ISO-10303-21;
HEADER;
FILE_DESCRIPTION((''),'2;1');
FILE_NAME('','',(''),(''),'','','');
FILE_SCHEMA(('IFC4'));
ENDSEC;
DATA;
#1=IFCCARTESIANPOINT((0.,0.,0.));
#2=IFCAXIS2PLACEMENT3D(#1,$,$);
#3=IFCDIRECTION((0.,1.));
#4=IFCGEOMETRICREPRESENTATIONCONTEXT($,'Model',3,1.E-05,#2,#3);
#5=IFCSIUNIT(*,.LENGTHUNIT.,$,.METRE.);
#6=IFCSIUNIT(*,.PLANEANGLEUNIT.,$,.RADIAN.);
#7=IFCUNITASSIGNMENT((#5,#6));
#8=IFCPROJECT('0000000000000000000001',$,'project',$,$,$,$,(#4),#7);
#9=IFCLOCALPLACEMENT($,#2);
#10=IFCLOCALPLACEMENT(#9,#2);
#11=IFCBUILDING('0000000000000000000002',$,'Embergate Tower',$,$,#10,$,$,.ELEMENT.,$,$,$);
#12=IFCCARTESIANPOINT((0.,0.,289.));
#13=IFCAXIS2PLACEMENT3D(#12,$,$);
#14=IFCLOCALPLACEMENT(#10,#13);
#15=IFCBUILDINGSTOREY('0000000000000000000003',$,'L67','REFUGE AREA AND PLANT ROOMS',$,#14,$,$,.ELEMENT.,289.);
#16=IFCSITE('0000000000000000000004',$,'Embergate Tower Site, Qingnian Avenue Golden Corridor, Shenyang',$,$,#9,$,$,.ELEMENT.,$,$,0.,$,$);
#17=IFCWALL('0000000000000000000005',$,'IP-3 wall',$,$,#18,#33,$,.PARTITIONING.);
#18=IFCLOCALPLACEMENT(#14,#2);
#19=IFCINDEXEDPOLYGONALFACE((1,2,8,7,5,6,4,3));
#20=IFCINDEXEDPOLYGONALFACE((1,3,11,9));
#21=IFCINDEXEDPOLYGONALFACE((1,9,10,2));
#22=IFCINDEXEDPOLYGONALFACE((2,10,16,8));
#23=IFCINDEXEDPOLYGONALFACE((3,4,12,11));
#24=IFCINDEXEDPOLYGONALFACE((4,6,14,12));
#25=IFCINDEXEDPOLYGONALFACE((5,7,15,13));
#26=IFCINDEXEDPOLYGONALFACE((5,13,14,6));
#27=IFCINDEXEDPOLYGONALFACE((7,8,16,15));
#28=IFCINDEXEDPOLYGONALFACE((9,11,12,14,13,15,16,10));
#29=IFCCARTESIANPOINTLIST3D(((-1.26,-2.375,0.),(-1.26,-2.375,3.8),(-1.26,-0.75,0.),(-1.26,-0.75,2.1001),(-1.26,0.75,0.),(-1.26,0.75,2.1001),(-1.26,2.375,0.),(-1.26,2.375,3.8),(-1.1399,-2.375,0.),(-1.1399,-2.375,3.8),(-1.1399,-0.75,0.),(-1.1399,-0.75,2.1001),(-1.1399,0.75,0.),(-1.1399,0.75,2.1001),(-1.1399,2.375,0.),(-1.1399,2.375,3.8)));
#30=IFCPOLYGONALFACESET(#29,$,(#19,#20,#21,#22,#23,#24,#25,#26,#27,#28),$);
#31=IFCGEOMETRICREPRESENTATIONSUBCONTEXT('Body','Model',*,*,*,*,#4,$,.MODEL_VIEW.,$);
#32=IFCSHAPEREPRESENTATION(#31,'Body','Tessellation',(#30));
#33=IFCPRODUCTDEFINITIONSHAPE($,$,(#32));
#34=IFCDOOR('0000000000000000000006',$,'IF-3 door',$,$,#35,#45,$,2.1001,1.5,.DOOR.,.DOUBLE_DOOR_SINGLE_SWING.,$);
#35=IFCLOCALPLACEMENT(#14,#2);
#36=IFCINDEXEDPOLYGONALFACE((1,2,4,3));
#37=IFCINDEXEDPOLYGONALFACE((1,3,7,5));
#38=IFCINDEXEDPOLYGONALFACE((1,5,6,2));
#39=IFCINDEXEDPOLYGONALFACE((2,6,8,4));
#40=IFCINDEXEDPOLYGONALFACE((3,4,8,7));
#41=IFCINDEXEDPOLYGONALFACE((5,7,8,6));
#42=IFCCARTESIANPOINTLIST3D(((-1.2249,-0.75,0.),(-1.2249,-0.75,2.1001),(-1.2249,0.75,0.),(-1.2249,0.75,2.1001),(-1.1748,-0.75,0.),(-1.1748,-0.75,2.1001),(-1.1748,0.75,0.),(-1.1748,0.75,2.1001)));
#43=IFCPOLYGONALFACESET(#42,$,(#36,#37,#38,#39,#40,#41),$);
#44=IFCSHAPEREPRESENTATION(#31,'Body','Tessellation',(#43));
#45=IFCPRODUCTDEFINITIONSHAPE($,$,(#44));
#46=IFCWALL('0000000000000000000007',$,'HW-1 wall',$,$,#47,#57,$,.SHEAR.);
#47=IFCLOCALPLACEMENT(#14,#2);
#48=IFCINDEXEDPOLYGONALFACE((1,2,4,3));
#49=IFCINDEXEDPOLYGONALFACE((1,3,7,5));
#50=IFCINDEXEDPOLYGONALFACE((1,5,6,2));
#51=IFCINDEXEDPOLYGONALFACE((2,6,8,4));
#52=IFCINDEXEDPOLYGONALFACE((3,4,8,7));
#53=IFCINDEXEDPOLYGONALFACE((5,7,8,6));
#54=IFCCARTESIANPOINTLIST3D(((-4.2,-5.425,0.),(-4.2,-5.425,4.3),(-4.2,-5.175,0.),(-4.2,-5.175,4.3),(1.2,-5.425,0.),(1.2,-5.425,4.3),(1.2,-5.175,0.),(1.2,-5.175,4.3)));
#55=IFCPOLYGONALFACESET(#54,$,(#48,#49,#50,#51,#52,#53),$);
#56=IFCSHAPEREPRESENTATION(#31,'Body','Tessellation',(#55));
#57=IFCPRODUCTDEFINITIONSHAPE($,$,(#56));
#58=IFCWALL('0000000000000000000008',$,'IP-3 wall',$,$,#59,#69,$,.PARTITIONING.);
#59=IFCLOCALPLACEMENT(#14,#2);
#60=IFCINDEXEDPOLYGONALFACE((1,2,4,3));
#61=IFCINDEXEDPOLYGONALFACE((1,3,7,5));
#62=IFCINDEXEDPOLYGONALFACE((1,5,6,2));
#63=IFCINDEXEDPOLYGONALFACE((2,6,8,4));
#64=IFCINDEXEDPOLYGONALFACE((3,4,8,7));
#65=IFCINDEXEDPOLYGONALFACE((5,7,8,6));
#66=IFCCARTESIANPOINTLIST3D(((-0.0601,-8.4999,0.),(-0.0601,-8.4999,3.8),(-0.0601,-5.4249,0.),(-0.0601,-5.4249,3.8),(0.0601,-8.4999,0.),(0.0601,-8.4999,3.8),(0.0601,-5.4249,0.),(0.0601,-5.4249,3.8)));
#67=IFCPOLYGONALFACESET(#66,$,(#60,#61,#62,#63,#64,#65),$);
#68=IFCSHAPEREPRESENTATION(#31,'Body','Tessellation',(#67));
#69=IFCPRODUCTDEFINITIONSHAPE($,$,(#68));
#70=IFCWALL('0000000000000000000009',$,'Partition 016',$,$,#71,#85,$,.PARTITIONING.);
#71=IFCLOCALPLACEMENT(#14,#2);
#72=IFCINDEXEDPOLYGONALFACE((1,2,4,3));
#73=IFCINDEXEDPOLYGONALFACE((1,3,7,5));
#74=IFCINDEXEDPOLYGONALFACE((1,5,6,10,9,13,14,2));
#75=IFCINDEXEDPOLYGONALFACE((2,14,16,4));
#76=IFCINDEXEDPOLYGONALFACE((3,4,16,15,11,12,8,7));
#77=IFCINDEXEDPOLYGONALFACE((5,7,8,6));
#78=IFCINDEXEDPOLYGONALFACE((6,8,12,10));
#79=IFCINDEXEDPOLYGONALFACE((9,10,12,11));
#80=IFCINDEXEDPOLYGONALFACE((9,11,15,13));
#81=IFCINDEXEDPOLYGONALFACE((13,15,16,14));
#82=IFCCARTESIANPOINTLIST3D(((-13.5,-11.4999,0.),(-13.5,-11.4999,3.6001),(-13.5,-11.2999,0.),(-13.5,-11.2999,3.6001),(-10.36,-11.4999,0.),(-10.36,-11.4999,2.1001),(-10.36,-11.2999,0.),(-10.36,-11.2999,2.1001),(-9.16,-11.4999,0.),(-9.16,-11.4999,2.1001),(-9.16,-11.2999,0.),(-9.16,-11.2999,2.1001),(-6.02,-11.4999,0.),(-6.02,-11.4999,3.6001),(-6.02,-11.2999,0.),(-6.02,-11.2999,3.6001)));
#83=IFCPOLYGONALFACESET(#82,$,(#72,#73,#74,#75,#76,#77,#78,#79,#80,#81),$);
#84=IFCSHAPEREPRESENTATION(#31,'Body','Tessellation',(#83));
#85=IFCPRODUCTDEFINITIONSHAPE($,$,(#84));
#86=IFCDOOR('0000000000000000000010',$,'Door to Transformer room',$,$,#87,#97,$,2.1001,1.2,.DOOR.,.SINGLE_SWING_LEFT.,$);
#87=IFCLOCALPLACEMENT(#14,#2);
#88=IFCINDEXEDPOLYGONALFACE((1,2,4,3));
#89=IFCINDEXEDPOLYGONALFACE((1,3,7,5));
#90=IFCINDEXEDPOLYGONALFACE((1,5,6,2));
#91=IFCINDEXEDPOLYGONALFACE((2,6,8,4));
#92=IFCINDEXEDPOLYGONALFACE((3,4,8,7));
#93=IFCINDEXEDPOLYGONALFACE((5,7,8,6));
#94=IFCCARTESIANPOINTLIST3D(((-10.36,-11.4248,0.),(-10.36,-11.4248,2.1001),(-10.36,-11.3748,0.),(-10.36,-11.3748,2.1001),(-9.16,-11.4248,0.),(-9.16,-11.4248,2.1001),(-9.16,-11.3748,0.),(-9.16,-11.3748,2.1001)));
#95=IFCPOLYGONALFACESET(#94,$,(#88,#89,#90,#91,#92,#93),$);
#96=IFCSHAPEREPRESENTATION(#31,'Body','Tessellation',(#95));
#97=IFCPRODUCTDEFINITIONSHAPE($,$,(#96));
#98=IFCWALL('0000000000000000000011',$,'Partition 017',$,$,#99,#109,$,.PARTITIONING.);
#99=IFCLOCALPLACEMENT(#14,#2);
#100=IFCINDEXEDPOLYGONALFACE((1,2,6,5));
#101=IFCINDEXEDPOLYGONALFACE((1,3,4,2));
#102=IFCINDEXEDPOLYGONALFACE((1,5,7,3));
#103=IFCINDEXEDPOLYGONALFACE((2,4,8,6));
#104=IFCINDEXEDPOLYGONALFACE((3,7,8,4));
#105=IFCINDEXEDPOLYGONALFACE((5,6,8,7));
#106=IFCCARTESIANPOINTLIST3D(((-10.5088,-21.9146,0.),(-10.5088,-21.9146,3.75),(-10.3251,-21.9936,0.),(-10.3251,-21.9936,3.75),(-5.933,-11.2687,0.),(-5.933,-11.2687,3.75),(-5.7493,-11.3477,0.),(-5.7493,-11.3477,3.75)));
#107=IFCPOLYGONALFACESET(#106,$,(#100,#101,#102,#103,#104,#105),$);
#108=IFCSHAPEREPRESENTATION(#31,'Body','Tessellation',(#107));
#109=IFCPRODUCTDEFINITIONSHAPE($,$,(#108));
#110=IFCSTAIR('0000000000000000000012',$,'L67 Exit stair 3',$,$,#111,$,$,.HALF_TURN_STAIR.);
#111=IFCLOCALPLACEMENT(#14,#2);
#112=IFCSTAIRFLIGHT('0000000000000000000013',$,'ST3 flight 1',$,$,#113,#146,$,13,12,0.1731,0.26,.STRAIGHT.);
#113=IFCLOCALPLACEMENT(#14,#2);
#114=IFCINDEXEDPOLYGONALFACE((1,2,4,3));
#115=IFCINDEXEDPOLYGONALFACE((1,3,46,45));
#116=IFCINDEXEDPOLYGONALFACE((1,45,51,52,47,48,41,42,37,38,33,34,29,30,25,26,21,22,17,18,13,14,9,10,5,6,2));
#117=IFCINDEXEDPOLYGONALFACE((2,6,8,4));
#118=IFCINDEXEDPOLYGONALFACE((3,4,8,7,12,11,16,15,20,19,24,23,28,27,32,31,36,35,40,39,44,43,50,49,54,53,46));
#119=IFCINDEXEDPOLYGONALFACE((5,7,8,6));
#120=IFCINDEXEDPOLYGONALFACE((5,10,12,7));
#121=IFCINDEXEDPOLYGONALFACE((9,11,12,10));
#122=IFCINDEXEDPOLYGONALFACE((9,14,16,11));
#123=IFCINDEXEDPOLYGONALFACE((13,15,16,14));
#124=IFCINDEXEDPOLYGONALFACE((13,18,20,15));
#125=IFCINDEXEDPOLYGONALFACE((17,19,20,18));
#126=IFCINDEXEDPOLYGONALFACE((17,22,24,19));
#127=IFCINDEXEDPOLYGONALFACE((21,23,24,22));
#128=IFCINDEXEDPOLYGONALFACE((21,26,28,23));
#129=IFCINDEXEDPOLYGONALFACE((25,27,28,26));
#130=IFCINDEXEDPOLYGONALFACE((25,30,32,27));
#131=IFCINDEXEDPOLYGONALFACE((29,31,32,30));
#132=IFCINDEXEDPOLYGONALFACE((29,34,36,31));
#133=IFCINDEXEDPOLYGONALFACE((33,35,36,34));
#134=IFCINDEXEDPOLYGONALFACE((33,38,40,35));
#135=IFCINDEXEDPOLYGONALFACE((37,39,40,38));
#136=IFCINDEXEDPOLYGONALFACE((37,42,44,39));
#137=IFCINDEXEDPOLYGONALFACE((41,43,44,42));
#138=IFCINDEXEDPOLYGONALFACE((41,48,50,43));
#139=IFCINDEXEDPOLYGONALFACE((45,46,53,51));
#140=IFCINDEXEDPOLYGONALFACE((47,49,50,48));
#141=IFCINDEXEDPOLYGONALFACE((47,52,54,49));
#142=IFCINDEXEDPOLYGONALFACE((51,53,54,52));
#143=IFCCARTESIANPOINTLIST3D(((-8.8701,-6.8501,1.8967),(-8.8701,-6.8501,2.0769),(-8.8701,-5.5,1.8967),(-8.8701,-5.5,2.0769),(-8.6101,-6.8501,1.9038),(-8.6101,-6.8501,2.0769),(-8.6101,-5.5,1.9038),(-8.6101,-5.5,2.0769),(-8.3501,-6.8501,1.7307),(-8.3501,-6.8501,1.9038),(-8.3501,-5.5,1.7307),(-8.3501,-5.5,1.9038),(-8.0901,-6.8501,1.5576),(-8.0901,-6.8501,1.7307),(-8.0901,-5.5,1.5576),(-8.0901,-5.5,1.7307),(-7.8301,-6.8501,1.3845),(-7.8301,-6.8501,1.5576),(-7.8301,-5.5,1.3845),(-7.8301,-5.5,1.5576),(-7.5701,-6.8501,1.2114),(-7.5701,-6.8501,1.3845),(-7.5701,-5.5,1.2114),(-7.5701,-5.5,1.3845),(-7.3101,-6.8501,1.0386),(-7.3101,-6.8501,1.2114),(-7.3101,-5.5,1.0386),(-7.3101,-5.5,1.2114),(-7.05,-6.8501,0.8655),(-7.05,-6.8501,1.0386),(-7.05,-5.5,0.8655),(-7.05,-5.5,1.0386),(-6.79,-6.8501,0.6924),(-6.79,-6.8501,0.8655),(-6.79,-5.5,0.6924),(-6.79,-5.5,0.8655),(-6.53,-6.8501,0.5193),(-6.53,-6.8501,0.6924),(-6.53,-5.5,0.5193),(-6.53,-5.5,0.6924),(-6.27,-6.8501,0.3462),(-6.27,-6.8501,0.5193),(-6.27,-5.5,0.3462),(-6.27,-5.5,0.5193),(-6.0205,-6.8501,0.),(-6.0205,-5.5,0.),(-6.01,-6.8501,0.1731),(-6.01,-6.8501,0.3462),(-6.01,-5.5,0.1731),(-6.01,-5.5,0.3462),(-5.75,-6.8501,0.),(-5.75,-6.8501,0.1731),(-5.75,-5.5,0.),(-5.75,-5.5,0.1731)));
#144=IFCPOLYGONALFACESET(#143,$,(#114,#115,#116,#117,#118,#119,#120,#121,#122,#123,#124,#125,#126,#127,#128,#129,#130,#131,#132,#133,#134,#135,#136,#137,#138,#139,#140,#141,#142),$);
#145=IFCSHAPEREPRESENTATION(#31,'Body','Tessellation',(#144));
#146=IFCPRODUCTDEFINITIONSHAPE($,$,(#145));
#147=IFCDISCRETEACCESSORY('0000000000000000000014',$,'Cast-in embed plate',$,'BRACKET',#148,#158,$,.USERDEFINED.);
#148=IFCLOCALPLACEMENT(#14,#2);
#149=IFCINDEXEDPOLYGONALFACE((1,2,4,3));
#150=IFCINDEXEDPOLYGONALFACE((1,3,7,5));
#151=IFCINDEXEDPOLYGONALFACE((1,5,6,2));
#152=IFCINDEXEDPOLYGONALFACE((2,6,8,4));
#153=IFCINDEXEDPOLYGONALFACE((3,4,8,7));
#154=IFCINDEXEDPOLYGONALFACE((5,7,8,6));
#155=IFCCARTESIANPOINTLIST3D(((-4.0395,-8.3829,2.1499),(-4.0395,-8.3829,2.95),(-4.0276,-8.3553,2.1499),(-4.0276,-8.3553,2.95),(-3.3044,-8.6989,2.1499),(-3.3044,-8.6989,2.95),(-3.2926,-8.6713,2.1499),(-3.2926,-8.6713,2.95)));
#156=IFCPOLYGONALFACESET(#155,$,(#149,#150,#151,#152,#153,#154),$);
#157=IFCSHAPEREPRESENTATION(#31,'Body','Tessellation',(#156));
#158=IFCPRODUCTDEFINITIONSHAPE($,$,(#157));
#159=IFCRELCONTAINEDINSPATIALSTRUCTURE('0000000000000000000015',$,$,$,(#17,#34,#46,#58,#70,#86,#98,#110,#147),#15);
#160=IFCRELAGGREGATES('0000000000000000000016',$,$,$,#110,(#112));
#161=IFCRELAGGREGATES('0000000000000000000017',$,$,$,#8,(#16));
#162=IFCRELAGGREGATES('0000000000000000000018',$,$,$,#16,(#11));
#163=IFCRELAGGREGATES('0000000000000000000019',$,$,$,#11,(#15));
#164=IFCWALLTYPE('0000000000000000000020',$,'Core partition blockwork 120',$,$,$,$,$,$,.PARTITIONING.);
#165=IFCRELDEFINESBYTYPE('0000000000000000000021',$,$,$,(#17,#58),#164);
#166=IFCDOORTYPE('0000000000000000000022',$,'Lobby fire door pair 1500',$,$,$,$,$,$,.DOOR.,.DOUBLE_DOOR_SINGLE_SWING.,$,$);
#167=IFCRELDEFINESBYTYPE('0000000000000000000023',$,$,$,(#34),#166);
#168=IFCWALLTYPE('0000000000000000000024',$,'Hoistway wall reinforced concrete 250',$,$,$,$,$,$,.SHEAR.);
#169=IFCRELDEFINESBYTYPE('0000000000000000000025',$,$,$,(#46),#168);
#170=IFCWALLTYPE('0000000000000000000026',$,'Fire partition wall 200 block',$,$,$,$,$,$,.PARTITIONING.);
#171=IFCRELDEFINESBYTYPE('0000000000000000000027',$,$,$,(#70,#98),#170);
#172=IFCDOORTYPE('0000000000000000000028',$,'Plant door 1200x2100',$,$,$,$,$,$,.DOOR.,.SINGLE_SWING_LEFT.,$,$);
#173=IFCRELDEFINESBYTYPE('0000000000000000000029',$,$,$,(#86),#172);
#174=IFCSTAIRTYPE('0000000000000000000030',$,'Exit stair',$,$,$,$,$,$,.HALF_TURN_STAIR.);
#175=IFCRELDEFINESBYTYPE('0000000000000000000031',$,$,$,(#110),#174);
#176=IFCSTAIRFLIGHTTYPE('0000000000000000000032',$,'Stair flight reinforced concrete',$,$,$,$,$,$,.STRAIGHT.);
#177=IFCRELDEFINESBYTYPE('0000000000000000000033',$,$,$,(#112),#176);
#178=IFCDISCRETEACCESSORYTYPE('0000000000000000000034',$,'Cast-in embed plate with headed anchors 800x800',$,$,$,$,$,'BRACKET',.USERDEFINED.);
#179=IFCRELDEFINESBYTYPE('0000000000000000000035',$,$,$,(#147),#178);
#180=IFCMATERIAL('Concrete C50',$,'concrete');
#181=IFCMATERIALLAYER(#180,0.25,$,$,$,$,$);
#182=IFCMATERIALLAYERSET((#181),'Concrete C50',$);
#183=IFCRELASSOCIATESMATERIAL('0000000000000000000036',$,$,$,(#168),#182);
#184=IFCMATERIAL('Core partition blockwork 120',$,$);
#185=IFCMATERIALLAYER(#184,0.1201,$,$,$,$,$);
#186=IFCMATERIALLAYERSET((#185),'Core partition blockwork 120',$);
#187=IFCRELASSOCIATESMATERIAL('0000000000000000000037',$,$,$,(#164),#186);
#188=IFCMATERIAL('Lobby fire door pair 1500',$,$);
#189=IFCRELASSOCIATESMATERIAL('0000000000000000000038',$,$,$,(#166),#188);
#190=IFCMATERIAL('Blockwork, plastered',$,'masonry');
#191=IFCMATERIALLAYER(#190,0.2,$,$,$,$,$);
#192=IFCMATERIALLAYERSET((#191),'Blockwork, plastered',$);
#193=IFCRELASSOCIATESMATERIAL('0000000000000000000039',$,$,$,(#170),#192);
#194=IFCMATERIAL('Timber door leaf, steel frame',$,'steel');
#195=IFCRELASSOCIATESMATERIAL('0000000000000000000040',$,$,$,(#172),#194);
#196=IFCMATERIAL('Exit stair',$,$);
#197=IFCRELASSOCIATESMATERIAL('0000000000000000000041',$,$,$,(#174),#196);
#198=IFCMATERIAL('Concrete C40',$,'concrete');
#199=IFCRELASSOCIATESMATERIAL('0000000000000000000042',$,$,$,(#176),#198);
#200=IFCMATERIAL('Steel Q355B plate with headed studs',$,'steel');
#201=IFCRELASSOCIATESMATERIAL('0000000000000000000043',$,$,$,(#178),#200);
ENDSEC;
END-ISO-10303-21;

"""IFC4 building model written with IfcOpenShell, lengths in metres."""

from ifc_helpers import new_model, si_unit, direction, frame, frame_2d, origin, origin_2d, place, context, subcontext, project, spatial, polyline, rectangle, outline, extrude, source, transform, mapped, material, layer, layer_set, type_object, element, fill, aggregate, save


model = new_model("IFC4")

# Units and contexts
model_context = context("Model", 3, precision=1e-05, world=origin(), true_north=direction((0.0, 1.0)))
body_context = subcontext(model_context, "Body", "Model", "MODEL_VIEW")
ifc_project = project(units=[si_unit("LENGTHUNIT", "METRE"), si_unit("PLANEANGLEUNIT", "RADIAN")], contexts=[model_context])

# Site, building, storey
site_placement = place(None, origin())
site = spatial("IfcSite", under=ifc_project, at=site_placement, Name="Embergate Tower Site, Qingnian Avenue Golden Corridor, Shenyang", CompositionType="ELEMENT", RefElevation=0.0)
building_placement = place(site_placement, origin())
building = spatial("IfcBuilding", under=site, at=building_placement, Name="Embergate Tower", CompositionType="ELEMENT")
storey_placement = place(building_placement, frame((0.0, 0.0, 289.0)))
storey = spatial("IfcBuildingStorey", under=building, at=storey_placement, Name="L67", Description="REFUGE AREA AND PLANT ROOMS", CompositionType="ELEMENT", Elevation=289.0)

# Shared definitions
ifc_material_1 = material(Name="Concrete C50", Category="concrete")
ifc_layer_1 = layer(ifc_material_1, 0.25)
ifc_layer_set_1 = layer_set([ifc_layer_1], Name="Concrete C50")
wall_type_1 = type_object("IfcWallType", Name="Hoistway wall reinforced concrete 250", PredefinedType="SHEAR", material=ifc_layer_set_1)

# Wall, opening, door
shared_shape_1 = source(origin(), body_context, "Body", "SweptSolid", [
    extrude(rectangle(XDim=1.2, YDim=2.1001, at=frame_2d((0.6001, 1.05))), frame((0.0, 0.1099, 0.0), z_axis=(0.0, -1.0, 0.0), x_axis=(1.0, 0.0, 0.0)), (0.0, 0.0, 1.0), 0.22),
])
ifc_material_2 = material(Name="Core partition blockwork 120")
ifc_layer_2 = layer(ifc_material_2, 0.1201)
ifc_layer_set_2 = layer_set([ifc_layer_2], Name="Core partition blockwork 120")
wall_type_2 = type_object("IfcWallType", Name="Core partition blockwork 120", PredefinedType="PARTITIONING", material=ifc_layer_set_2)
shared_shape_2 = source(origin(), body_context, "Body", "SweptSolid", [
    extrude(rectangle(XDim=4.75, YDim=0.1201, at=frame_2d((2.375, 0.0))), origin(), (0.0, 0.0, 1.0), 3.8),
])
wall_1_placement = place(storey_placement, frame((-1.2, -2.375, 0.0), z_axis=(0.0, 0.0, 1.0), x_axis=(0.0, 1.0, 0.0)))
wall_1 = element("IfcWall", 1, at=wall_1_placement, inside=storey, type_object=wall_type_2, Name="IP-3 wall", PredefinedType="PARTITIONING", context=body_context, shape_type="MappedRepresentation", body=[
    mapped(shared_shape_2, transform((0.0, 0.0, 0.0))),
])
shared_shape_3 = source(origin(), body_context, "Body", "SweptSolid", [
    extrude(rectangle(XDim=1.5, YDim=2.1001, at=frame_2d((0.75, 1.05))), frame((0.0, 0.0701, 0.0), z_axis=(0.0, -1.0, 0.0), x_axis=(1.0, 0.0, 0.0)), (0.0, 0.0, 1.0), 0.1401),
])
opening_1_placement = place(wall_1_placement, frame((1.625, 0.0, 0.0)))
opening_1 = element("IfcOpeningElement", 2, at=opening_1_placement, cuts=wall_1, PredefinedType="OPENING", context=body_context, shape_type="MappedRepresentation", body=[
    mapped(shared_shape_3, transform((0.0, 0.0, 0.0))),
])
ifc_material_3 = material(Name="Lobby fire door pair 1500")
door_type_1 = type_object("IfcDoorType", Name="Lobby fire door pair 1500", OperationType="DOUBLE_DOOR_SINGLE_SWING", PredefinedType="DOOR", material=ifc_material_3)
shared_shape_4 = source(origin(), body_context, "Body", "SweptSolid", [
    extrude(rectangle(XDim=1.5, YDim=2.1001, at=frame_2d((0.75, 1.05))), frame((0.0, 0.0249, 0.0), z_axis=(0.0, -1.0, 0.0), x_axis=(1.0, 0.0, 0.0)), (0.0, 0.0, 1.0), 0.05),
])
door_1_placement = place(opening_1_placement, origin())
door_1 = element("IfcDoor", 3, at=door_1_placement, inside=storey, type_object=door_type_1, Name="IF-3 door", OperationType="DOUBLE_DOOR_SINGLE_SWING", OverallHeight=2.1001, OverallWidth=1.5, PredefinedType="DOOR", context=body_context, shape_type="MappedRepresentation", body=[
    mapped(shared_shape_4, transform((0.0, 0.0, 0.0))),
])
fill(opening_1, door_1)

# Walls
shared_shape_5 = source(origin(), body_context, "Body", "SweptSolid", [
    extrude(rectangle(XDim=5.3999, YDim=0.25, at=frame_2d((2.7, 0.0))), origin(), (0.0, 0.0, 1.0), 4.3),
])
wall_2_placement = place(storey_placement, frame((-4.2, -5.3, 0.0), z_axis=(0.0, 0.0, 1.0), x_axis=(1.0, 0.0, 0.0)))
element("IfcWall", 4, at=wall_2_placement, inside=storey, type_object=wall_type_1, Name="HW-1 wall", PredefinedType="SHEAR", context=body_context, shape_type="MappedRepresentation", body=[
    mapped(shared_shape_5, transform((0.0, 0.0, 0.0))),
])
shared_shape_6 = source(origin(), body_context, "Body", "SweptSolid", [
    extrude(rectangle(XDim=3.075, YDim=0.1201, at=frame_2d((1.5376, 0.0))), origin(), (0.0, 0.0, 1.0), 3.8),
])
wall_3_placement = place(storey_placement, frame((0.0, -8.5, 0.0), z_axis=(0.0, 0.0, 1.0), x_axis=(0.0, 1.0, 0.0)))
element("IfcWall", 5, at=wall_3_placement, inside=storey, type_object=wall_type_2, Name="IP-3 wall", PredefinedType="PARTITIONING", context=body_context, shape_type="MappedRepresentation", body=[
    mapped(shared_shape_6, transform((0.0, 0.0, 0.0))),
])

# Wall, opening, door
ifc_material_4 = material(Name="Blockwork, plastered", Category="masonry")
ifc_layer_3 = layer(ifc_material_4, 0.2)
ifc_layer_set_3 = layer_set([ifc_layer_3], Name="Blockwork, plastered")
wall_type_3 = type_object("IfcWallType", Name="Fire partition wall 200 block", PredefinedType="PARTITIONING", material=ifc_layer_set_3)
shared_shape_7 = source(origin(), body_context, "Body", "SweptSolid", [
    extrude(rectangle(XDim=7.48, YDim=0.2, at=frame_2d((3.74, 0.0))), origin(), (0.0, 0.0, 1.0), 3.6001),
])
wall_4_placement = place(storey_placement, frame((-6.02, -11.3999, 0.0), z_axis=(0.0, 0.0, 1.0), x_axis=(-1.0, 0.0, 0.0)))
wall_4 = element("IfcWall", 6, at=wall_4_placement, inside=storey, type_object=wall_type_3, Name="Partition 016", PredefinedType="PARTITIONING", context=body_context, shape_type="MappedRepresentation", body=[
    mapped(shared_shape_7, transform((0.0, 0.0, 0.0))),
])
opening_2_placement = place(wall_4_placement, frame((3.1399, 0.0, 0.0)))
opening_2 = element("IfcOpeningElement", 7, at=opening_2_placement, cuts=wall_4, PredefinedType="OPENING", context=body_context, shape_type="MappedRepresentation", body=[
    mapped(shared_shape_1, transform((0.0, 0.0, 0.0))),
])
ifc_material_5 = material(Name="Timber door leaf, steel frame", Category="steel")
door_type_2 = type_object("IfcDoorType", Name="Plant door 1200x2100", OperationType="SINGLE_SWING_LEFT", PredefinedType="DOOR", material=ifc_material_5)
shared_shape_8 = source(origin(), body_context, "Body", "SweptSolid", [
    extrude(rectangle(XDim=1.2, YDim=2.1001, at=frame_2d((0.6001, 1.05))), frame((0.0, 0.0249, 0.0), z_axis=(0.0, -1.0, 0.0), x_axis=(1.0, 0.0, 0.0)), (0.0, 0.0, 1.0), 0.05),
])
door_2_placement = place(opening_2_placement, origin())
door_2 = element("IfcDoor", 8, at=door_2_placement, inside=storey, type_object=door_type_2, Name="Door to Transformer room", OperationType="SINGLE_SWING_LEFT", OverallHeight=2.1001, OverallWidth=1.2, PredefinedType="DOOR", context=body_context, shape_type="MappedRepresentation", body=[
    mapped(shared_shape_8, transform((0.0, 0.0, 0.0))),
])
fill(opening_2, door_2)

# Wall
shared_shape_9 = source(origin(), body_context, "Body", "SweptSolid", [
    extrude(rectangle(XDim=11.5876, YDim=0.2, at=frame_2d((5.7939, 0.0))), origin(), (0.0, 0.0, 1.0), 3.75),
])
wall_5_placement = place(storey_placement, frame((-5.8411, -11.3081, 0.0), z_axis=(0.0, 0.0, 1.0), x_axis=(-0.394893, -0.918727, 0.0)))
element("IfcWall", 9, at=wall_5_placement, inside=storey, type_object=wall_type_3, Name="Partition 017", PredefinedType="PARTITIONING", context=body_context, shape_type="MappedRepresentation", body=[
    mapped(shared_shape_9, transform((0.0, 0.0, 0.0))),
])

# Stair, stair flight
ifc_material_6 = material(Name="Exit stair")
stair_type = type_object("IfcStairType", Name="Exit stair", PredefinedType="HALF_TURN_STAIR", material=ifc_material_6)
stair_placement = place(storey_placement, origin())
stair = element("IfcStair", 10, at=stair_placement, inside=storey, type_object=stair_type, Name="L67 Exit stair 3", PredefinedType="HALF_TURN_STAIR")
ifc_material_7 = material(Name="Concrete C40", Category="concrete")
stair_flight_type = type_object("IfcStairFlightType", Name="Stair flight reinforced concrete", PredefinedType="STRAIGHT", material=ifc_material_7)
shared_shape_10 = source(origin(), body_context, "Body", "SweptSolid", [
    extrude(outline(polyline([(0.0, 0.0), (0.0, 0.1731), (0.26, 0.1731), (0.26, 0.3462), (0.52, 0.3462), (0.52, 0.5193), (0.78, 0.5193), (0.78, 0.6924), (1.04, 0.6924), (1.04, 0.8655), (1.3, 0.8655), (1.3, 1.0386), (1.5601, 1.0386), (1.5601, 1.2114), (1.8201, 1.2114), (1.8201, 1.3845), (2.0801, 1.3845), (2.0801, 1.5576), (2.3401, 1.5576), (2.3401, 1.7307), (2.6001, 1.7307), (2.6001, 1.9038), (2.8601, 1.9038), (2.8601, 2.0769), (3.1201, 2.0769), (3.1201, 2.25), (3.1201, 1.8967), (0.2705, 0.0), (0.0, 0.0)])), frame((0.0, 0.675, 0.0), z_axis=(0.0, -1.0, 0.0), x_axis=(1.0, 0.0, 0.0)), (0.0, 0.0, 1.0), 1.3501),
])
stair_flight_placement = place(storey_placement, frame((-5.75, -6.175, 0.0), z_axis=(0.0, 0.0, 1.0), x_axis=(-1.0, 0.0, 0.0)))
stair_flight = element("IfcStairFlight", 11, at=stair_flight_placement, type_object=stair_flight_type, Name="ST3 flight 1", NumberOfRisers=13, NumberOfTreads=12, PredefinedType="STRAIGHT", RiserHeight=0.1731, TreadLength=0.26, context=body_context, shape_type="MappedRepresentation", body=[
    mapped(shared_shape_10, transform((0.0, 0.0, 0.0))),
])
aggregate(stair, [stair_flight])

# Discrete accessory
ifc_material_8 = material(Name="Steel Q355B plate with headed studs", Category="steel")
discrete_accessory_type = type_object("IfcDiscreteAccessoryType", Name="Cast-in embed plate with headed anchors 800x800", ElementType="BRACKET", PredefinedType="USERDEFINED", material=ifc_material_8)
shared_shape_11 = source(origin(), body_context, "Body", "SweptSolid", [
    extrude(rectangle(XDim=0.03, YDim=0.8, at=origin_2d()), origin(), (0.0, 0.0, 1.0), 0.8),
])
discrete_accessory_placement = place(storey_placement, frame((-3.666, -8.5271, 2.1499), z_axis=(0.0, 0.0, 1.0), x_axis=(-0.394936, -0.918709, 0.0)))
element("IfcDiscreteAccessory", 12, at=discrete_accessory_placement, inside=storey, type_object=discrete_accessory_type, Name="Cast-in embed plate", ObjectType="BRACKET", PredefinedType="USERDEFINED", context=body_context, shape_type="MappedRepresentation", body=[
    mapped(shared_shape_11, transform((0.0, 0.0, 0.0))),
])

save(model, "model.ifc")
